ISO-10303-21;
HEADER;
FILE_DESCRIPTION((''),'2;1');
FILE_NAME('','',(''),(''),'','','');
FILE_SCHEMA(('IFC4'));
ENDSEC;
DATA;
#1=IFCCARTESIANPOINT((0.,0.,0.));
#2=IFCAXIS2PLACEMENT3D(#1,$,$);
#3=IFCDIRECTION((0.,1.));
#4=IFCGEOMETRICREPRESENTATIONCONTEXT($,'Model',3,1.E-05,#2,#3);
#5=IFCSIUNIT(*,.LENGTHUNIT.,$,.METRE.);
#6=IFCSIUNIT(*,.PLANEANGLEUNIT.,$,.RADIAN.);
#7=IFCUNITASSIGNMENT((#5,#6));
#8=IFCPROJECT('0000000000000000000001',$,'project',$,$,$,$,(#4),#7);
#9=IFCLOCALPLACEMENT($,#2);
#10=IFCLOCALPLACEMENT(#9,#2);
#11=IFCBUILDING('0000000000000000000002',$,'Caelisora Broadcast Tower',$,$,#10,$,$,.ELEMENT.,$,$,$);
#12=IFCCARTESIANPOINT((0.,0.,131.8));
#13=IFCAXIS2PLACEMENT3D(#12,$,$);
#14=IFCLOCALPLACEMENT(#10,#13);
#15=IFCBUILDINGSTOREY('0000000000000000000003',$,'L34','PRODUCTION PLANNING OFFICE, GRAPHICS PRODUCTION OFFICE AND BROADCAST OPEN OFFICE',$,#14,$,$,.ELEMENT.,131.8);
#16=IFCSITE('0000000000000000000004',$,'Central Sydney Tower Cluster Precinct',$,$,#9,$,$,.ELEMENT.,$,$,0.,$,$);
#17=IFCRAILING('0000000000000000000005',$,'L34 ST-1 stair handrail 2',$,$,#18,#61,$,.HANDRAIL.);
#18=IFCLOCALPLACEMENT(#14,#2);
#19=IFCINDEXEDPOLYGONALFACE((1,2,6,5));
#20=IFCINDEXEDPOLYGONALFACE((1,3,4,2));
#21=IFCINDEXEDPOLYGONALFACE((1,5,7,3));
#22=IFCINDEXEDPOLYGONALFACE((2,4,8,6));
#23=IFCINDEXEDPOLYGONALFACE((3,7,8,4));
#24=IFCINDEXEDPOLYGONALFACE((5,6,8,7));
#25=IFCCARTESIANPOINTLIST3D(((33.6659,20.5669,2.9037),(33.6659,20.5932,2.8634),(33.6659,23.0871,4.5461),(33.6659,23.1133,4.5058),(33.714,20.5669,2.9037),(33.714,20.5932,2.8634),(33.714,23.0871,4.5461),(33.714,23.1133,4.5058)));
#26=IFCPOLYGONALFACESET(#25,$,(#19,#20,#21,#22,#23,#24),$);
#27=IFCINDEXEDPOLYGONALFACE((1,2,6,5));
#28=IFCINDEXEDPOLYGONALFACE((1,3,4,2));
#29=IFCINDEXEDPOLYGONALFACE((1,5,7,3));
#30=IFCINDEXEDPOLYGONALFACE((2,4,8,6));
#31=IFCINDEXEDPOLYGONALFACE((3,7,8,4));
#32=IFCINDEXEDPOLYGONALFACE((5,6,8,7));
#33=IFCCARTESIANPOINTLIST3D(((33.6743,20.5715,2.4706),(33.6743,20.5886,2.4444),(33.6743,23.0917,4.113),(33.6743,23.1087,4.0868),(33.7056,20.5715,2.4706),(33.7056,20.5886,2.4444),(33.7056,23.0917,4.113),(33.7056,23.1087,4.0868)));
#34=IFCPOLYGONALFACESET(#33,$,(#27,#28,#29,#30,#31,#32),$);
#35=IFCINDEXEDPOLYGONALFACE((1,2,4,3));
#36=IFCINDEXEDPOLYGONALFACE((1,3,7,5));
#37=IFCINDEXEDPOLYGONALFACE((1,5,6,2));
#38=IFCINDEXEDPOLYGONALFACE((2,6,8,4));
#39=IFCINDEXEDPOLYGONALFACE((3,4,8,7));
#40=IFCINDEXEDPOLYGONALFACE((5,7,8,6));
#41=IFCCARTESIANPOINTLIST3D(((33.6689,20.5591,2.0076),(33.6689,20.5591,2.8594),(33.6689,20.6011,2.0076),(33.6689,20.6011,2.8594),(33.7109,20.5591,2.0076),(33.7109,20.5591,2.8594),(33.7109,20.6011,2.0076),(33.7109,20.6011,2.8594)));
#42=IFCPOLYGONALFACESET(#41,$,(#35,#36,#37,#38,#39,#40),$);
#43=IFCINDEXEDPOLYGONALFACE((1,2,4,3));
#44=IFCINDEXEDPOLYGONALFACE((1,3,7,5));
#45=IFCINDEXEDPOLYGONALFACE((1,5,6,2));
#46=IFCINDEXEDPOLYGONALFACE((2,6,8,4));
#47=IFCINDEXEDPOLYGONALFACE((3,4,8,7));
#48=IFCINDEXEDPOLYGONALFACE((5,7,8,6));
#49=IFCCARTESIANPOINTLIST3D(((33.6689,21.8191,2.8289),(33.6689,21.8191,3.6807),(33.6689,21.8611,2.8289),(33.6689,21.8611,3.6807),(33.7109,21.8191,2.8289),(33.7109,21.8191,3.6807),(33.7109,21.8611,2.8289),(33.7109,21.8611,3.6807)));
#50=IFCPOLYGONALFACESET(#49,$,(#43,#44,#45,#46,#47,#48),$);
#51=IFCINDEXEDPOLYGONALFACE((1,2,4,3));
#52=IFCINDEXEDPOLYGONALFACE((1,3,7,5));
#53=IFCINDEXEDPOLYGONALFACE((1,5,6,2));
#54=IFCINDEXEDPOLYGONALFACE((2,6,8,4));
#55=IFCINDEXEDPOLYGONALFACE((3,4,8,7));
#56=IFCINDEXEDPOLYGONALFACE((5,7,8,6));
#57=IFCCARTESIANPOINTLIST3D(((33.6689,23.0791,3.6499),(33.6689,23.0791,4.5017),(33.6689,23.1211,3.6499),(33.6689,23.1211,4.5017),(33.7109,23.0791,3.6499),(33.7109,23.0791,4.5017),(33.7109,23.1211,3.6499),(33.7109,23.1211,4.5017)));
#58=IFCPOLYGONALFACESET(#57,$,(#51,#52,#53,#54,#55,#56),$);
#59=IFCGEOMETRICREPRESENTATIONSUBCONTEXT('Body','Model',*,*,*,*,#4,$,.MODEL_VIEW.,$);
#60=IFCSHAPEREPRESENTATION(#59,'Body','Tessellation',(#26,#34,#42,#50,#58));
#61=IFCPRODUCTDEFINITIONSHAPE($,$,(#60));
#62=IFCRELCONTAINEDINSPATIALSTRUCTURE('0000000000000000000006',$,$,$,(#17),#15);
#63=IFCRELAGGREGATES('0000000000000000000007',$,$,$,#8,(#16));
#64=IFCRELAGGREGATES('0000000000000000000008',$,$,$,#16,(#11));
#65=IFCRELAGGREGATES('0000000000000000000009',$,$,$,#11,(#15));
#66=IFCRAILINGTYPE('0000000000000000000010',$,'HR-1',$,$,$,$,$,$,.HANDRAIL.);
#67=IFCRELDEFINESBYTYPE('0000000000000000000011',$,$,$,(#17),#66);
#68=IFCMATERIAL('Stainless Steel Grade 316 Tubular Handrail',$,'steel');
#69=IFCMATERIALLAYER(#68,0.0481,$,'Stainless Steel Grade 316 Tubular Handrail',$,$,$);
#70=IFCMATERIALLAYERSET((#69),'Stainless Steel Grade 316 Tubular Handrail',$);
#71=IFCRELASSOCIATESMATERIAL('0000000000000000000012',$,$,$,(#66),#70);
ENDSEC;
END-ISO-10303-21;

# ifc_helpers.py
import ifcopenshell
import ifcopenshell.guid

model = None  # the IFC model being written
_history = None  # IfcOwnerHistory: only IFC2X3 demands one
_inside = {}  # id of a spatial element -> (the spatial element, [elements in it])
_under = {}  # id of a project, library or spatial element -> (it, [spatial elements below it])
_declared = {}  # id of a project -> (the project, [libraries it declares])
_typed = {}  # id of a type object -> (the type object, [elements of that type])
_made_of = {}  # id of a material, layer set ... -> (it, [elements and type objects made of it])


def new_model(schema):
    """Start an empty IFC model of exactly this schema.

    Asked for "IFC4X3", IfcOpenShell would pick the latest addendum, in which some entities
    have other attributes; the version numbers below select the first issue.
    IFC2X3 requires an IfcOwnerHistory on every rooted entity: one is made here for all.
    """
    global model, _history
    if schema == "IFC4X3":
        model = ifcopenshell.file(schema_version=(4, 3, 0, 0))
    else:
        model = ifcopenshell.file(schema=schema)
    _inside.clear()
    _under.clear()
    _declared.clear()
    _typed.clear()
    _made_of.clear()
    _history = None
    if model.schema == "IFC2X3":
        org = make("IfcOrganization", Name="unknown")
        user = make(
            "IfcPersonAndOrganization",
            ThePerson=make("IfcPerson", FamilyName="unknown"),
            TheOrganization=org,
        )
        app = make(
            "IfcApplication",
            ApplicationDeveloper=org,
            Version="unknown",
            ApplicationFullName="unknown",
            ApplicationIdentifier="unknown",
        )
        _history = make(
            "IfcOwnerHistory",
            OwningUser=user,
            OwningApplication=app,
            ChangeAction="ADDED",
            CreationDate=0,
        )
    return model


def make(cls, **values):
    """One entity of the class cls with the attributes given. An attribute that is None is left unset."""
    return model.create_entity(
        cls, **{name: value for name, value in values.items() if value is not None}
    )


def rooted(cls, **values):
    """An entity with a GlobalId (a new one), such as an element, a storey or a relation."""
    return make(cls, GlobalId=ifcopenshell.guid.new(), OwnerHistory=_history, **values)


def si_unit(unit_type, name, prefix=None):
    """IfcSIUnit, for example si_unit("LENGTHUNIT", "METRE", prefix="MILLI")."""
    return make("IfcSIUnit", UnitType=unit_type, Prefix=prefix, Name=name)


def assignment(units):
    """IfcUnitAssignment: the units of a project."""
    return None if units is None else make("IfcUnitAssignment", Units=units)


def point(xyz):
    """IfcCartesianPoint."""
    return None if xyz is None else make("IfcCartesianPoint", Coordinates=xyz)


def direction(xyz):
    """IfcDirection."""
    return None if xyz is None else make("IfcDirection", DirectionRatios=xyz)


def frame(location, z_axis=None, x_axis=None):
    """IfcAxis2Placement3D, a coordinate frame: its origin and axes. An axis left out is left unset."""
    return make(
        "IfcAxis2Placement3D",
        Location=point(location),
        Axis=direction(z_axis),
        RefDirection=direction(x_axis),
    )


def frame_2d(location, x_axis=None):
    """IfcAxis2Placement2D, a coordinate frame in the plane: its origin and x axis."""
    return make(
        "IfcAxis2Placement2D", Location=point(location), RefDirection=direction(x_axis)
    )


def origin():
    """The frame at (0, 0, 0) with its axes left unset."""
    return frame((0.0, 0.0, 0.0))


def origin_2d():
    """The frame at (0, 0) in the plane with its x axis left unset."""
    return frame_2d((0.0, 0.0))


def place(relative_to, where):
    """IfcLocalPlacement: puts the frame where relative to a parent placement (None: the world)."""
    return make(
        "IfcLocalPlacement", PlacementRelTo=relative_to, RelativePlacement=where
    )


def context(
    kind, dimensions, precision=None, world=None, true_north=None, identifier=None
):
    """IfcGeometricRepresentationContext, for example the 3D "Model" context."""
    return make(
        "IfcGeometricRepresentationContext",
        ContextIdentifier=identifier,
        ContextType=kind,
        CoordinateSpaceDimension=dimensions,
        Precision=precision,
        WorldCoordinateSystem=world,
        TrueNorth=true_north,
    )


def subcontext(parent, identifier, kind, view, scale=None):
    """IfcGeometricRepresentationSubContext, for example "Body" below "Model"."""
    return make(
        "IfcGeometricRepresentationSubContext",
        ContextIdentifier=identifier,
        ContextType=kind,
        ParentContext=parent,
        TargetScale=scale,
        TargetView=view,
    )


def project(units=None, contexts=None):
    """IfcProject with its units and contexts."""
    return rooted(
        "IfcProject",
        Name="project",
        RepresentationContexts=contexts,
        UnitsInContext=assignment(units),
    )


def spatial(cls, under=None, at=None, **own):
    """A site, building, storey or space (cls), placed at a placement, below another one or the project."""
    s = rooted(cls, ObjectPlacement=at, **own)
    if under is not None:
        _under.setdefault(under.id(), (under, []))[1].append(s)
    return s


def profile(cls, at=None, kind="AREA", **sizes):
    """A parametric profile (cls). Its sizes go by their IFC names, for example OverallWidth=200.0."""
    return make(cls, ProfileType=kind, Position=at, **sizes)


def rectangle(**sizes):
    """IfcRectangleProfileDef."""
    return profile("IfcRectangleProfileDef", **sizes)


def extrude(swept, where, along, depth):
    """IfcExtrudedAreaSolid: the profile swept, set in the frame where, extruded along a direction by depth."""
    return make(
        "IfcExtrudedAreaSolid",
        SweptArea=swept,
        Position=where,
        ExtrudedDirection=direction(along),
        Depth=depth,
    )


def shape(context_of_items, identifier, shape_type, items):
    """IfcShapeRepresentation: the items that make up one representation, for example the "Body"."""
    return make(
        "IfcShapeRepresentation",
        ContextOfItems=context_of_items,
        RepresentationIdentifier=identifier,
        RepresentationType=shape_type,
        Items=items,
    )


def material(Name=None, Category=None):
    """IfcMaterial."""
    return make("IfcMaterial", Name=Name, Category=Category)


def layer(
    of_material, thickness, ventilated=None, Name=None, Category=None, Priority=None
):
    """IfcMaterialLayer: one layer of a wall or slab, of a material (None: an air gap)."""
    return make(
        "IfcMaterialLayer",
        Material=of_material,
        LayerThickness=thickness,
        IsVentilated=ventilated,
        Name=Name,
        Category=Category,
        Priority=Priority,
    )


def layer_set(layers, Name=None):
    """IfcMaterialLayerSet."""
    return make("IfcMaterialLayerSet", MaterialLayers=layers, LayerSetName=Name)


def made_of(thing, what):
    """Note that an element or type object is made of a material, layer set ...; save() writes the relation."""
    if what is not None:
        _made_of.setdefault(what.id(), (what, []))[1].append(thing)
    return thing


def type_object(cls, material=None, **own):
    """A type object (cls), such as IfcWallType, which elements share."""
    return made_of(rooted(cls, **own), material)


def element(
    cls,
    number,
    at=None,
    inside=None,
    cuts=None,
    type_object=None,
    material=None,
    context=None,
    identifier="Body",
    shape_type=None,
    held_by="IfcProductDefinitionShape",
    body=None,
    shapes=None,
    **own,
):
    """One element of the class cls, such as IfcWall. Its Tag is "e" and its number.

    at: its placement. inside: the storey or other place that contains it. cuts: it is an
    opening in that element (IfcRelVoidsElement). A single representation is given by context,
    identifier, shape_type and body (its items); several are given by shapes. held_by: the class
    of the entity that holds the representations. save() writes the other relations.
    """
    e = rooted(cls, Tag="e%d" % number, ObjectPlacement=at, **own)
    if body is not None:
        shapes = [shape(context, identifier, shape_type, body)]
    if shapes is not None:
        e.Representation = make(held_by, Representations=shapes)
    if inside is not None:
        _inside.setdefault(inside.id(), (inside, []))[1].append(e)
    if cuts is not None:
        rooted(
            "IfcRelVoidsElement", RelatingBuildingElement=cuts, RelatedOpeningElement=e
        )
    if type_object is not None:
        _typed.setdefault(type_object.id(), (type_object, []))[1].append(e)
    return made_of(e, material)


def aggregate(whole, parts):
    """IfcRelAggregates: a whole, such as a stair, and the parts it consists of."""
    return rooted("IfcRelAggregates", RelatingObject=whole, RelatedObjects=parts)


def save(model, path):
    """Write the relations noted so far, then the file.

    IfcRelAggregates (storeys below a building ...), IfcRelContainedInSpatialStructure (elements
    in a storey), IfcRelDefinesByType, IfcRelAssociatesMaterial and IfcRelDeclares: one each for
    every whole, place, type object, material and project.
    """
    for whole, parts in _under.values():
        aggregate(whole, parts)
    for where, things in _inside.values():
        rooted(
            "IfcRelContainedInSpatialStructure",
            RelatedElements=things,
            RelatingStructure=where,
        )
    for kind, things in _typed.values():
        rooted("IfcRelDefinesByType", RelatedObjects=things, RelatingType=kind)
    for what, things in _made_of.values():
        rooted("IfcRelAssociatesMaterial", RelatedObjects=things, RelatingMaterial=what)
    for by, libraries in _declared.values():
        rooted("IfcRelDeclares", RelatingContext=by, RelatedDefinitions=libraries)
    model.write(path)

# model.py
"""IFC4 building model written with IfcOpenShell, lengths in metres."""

from ifc_helpers import new_model, si_unit, direction, frame, origin, origin_2d, place, context, subcontext, project, spatial, rectangle, extrude, material, layer, layer_set, type_object, element, save


model = new_model("IFC4")

# Units and contexts
model_context = context("Model", 3, precision=1e-05, world=origin(), true_north=direction((0.0, 1.0)))
body_context = subcontext(model_context, "Body", "Model", "MODEL_VIEW")
ifc_project = project(units=[si_unit("LENGTHUNIT", "METRE"), si_unit("PLANEANGLEUNIT", "RADIAN")], contexts=[model_context])

# Site, building, storey
site_placement = place(None, origin())
site = spatial("IfcSite", under=ifc_project, at=site_placement, Name="Central Sydney Tower Cluster Precinct", CompositionType="ELEMENT", RefElevation=0.0)
building_placement = place(site_placement, origin())
building = spatial("IfcBuilding", under=site, at=building_placement, Name="Caelisora Broadcast Tower", CompositionType="ELEMENT")
storey_placement = place(building_placement, frame((0.0, 0.0, 131.8)))
storey = spatial("IfcBuildingStorey", under=building, at=storey_placement, Name="L34", Description="PRODUCTION PLANNING OFFICE, GRAPHICS PRODUCTION OFFICE AND BROADCAST OPEN OFFICE", CompositionType="ELEMENT", Elevation=131.8)

# Railing
ifc_material_1 = material(Name="Stainless Steel Grade 316 Tubular Handrail", Category="steel")
ifc_layer_1 = layer(ifc_material_1, 0.0481, Name="Stainless Steel Grade 316 Tubular Handrail")
ifc_layer_set_1 = layer_set([ifc_layer_1], Name="Stainless Steel Grade 316 Tubular Handrail")
railing_type_1 = type_object("IfcRailingType", Name="HR-1", PredefinedType="HANDRAIL", material=ifc_layer_set_1)
railing_1_placement = place(storey_placement, frame((33.6899, 20.5801, 2.0076)))
element("IfcRailing", 1, at=railing_1_placement, inside=storey, type_object=railing_type_1, Name="L34 ST-1 stair handrail 2", PredefinedType="HANDRAIL", context=body_context, shape_type="SweptSolid", body=[
    extrude(rectangle(XDim=0.0481, YDim=0.0481, at=origin_2d()), frame((0.0, 0.0, 0.876), z_axis=(0.0, 0.837787, 0.545998), x_axis=(-1.0, 0.0, 0.0)), (0.0, 0.0, 1.0), 3.0081),
    extrude(rectangle(XDim=0.0312, YDim=0.0312, at=origin_2d()), frame((0.0, 0.0, 0.45), z_axis=(0.0, 0.837787, 0.545998), x_axis=(-1.0, 0.0, 0.0)), (0.0, 0.0, 1.0), 3.0081),
    extrude(rectangle(XDim=0.042, YDim=0.042, at=origin_2d()), origin(), (0.0, 0.0, 1.0), 0.8518),
    extrude(rectangle(XDim=0.042, YDim=0.042, at=origin_2d()), frame((0.0, 1.26, 0.8213)), (0.0, 0.0, 1.0), 0.8518),
    extrude(rectangle(XDim=0.042, YDim=0.042, at=origin_2d()), frame((0.0, 2.52, 1.6423)), (0.0, 0.0, 1.0), 0.8518),
])

save(model, "model.ifc")
